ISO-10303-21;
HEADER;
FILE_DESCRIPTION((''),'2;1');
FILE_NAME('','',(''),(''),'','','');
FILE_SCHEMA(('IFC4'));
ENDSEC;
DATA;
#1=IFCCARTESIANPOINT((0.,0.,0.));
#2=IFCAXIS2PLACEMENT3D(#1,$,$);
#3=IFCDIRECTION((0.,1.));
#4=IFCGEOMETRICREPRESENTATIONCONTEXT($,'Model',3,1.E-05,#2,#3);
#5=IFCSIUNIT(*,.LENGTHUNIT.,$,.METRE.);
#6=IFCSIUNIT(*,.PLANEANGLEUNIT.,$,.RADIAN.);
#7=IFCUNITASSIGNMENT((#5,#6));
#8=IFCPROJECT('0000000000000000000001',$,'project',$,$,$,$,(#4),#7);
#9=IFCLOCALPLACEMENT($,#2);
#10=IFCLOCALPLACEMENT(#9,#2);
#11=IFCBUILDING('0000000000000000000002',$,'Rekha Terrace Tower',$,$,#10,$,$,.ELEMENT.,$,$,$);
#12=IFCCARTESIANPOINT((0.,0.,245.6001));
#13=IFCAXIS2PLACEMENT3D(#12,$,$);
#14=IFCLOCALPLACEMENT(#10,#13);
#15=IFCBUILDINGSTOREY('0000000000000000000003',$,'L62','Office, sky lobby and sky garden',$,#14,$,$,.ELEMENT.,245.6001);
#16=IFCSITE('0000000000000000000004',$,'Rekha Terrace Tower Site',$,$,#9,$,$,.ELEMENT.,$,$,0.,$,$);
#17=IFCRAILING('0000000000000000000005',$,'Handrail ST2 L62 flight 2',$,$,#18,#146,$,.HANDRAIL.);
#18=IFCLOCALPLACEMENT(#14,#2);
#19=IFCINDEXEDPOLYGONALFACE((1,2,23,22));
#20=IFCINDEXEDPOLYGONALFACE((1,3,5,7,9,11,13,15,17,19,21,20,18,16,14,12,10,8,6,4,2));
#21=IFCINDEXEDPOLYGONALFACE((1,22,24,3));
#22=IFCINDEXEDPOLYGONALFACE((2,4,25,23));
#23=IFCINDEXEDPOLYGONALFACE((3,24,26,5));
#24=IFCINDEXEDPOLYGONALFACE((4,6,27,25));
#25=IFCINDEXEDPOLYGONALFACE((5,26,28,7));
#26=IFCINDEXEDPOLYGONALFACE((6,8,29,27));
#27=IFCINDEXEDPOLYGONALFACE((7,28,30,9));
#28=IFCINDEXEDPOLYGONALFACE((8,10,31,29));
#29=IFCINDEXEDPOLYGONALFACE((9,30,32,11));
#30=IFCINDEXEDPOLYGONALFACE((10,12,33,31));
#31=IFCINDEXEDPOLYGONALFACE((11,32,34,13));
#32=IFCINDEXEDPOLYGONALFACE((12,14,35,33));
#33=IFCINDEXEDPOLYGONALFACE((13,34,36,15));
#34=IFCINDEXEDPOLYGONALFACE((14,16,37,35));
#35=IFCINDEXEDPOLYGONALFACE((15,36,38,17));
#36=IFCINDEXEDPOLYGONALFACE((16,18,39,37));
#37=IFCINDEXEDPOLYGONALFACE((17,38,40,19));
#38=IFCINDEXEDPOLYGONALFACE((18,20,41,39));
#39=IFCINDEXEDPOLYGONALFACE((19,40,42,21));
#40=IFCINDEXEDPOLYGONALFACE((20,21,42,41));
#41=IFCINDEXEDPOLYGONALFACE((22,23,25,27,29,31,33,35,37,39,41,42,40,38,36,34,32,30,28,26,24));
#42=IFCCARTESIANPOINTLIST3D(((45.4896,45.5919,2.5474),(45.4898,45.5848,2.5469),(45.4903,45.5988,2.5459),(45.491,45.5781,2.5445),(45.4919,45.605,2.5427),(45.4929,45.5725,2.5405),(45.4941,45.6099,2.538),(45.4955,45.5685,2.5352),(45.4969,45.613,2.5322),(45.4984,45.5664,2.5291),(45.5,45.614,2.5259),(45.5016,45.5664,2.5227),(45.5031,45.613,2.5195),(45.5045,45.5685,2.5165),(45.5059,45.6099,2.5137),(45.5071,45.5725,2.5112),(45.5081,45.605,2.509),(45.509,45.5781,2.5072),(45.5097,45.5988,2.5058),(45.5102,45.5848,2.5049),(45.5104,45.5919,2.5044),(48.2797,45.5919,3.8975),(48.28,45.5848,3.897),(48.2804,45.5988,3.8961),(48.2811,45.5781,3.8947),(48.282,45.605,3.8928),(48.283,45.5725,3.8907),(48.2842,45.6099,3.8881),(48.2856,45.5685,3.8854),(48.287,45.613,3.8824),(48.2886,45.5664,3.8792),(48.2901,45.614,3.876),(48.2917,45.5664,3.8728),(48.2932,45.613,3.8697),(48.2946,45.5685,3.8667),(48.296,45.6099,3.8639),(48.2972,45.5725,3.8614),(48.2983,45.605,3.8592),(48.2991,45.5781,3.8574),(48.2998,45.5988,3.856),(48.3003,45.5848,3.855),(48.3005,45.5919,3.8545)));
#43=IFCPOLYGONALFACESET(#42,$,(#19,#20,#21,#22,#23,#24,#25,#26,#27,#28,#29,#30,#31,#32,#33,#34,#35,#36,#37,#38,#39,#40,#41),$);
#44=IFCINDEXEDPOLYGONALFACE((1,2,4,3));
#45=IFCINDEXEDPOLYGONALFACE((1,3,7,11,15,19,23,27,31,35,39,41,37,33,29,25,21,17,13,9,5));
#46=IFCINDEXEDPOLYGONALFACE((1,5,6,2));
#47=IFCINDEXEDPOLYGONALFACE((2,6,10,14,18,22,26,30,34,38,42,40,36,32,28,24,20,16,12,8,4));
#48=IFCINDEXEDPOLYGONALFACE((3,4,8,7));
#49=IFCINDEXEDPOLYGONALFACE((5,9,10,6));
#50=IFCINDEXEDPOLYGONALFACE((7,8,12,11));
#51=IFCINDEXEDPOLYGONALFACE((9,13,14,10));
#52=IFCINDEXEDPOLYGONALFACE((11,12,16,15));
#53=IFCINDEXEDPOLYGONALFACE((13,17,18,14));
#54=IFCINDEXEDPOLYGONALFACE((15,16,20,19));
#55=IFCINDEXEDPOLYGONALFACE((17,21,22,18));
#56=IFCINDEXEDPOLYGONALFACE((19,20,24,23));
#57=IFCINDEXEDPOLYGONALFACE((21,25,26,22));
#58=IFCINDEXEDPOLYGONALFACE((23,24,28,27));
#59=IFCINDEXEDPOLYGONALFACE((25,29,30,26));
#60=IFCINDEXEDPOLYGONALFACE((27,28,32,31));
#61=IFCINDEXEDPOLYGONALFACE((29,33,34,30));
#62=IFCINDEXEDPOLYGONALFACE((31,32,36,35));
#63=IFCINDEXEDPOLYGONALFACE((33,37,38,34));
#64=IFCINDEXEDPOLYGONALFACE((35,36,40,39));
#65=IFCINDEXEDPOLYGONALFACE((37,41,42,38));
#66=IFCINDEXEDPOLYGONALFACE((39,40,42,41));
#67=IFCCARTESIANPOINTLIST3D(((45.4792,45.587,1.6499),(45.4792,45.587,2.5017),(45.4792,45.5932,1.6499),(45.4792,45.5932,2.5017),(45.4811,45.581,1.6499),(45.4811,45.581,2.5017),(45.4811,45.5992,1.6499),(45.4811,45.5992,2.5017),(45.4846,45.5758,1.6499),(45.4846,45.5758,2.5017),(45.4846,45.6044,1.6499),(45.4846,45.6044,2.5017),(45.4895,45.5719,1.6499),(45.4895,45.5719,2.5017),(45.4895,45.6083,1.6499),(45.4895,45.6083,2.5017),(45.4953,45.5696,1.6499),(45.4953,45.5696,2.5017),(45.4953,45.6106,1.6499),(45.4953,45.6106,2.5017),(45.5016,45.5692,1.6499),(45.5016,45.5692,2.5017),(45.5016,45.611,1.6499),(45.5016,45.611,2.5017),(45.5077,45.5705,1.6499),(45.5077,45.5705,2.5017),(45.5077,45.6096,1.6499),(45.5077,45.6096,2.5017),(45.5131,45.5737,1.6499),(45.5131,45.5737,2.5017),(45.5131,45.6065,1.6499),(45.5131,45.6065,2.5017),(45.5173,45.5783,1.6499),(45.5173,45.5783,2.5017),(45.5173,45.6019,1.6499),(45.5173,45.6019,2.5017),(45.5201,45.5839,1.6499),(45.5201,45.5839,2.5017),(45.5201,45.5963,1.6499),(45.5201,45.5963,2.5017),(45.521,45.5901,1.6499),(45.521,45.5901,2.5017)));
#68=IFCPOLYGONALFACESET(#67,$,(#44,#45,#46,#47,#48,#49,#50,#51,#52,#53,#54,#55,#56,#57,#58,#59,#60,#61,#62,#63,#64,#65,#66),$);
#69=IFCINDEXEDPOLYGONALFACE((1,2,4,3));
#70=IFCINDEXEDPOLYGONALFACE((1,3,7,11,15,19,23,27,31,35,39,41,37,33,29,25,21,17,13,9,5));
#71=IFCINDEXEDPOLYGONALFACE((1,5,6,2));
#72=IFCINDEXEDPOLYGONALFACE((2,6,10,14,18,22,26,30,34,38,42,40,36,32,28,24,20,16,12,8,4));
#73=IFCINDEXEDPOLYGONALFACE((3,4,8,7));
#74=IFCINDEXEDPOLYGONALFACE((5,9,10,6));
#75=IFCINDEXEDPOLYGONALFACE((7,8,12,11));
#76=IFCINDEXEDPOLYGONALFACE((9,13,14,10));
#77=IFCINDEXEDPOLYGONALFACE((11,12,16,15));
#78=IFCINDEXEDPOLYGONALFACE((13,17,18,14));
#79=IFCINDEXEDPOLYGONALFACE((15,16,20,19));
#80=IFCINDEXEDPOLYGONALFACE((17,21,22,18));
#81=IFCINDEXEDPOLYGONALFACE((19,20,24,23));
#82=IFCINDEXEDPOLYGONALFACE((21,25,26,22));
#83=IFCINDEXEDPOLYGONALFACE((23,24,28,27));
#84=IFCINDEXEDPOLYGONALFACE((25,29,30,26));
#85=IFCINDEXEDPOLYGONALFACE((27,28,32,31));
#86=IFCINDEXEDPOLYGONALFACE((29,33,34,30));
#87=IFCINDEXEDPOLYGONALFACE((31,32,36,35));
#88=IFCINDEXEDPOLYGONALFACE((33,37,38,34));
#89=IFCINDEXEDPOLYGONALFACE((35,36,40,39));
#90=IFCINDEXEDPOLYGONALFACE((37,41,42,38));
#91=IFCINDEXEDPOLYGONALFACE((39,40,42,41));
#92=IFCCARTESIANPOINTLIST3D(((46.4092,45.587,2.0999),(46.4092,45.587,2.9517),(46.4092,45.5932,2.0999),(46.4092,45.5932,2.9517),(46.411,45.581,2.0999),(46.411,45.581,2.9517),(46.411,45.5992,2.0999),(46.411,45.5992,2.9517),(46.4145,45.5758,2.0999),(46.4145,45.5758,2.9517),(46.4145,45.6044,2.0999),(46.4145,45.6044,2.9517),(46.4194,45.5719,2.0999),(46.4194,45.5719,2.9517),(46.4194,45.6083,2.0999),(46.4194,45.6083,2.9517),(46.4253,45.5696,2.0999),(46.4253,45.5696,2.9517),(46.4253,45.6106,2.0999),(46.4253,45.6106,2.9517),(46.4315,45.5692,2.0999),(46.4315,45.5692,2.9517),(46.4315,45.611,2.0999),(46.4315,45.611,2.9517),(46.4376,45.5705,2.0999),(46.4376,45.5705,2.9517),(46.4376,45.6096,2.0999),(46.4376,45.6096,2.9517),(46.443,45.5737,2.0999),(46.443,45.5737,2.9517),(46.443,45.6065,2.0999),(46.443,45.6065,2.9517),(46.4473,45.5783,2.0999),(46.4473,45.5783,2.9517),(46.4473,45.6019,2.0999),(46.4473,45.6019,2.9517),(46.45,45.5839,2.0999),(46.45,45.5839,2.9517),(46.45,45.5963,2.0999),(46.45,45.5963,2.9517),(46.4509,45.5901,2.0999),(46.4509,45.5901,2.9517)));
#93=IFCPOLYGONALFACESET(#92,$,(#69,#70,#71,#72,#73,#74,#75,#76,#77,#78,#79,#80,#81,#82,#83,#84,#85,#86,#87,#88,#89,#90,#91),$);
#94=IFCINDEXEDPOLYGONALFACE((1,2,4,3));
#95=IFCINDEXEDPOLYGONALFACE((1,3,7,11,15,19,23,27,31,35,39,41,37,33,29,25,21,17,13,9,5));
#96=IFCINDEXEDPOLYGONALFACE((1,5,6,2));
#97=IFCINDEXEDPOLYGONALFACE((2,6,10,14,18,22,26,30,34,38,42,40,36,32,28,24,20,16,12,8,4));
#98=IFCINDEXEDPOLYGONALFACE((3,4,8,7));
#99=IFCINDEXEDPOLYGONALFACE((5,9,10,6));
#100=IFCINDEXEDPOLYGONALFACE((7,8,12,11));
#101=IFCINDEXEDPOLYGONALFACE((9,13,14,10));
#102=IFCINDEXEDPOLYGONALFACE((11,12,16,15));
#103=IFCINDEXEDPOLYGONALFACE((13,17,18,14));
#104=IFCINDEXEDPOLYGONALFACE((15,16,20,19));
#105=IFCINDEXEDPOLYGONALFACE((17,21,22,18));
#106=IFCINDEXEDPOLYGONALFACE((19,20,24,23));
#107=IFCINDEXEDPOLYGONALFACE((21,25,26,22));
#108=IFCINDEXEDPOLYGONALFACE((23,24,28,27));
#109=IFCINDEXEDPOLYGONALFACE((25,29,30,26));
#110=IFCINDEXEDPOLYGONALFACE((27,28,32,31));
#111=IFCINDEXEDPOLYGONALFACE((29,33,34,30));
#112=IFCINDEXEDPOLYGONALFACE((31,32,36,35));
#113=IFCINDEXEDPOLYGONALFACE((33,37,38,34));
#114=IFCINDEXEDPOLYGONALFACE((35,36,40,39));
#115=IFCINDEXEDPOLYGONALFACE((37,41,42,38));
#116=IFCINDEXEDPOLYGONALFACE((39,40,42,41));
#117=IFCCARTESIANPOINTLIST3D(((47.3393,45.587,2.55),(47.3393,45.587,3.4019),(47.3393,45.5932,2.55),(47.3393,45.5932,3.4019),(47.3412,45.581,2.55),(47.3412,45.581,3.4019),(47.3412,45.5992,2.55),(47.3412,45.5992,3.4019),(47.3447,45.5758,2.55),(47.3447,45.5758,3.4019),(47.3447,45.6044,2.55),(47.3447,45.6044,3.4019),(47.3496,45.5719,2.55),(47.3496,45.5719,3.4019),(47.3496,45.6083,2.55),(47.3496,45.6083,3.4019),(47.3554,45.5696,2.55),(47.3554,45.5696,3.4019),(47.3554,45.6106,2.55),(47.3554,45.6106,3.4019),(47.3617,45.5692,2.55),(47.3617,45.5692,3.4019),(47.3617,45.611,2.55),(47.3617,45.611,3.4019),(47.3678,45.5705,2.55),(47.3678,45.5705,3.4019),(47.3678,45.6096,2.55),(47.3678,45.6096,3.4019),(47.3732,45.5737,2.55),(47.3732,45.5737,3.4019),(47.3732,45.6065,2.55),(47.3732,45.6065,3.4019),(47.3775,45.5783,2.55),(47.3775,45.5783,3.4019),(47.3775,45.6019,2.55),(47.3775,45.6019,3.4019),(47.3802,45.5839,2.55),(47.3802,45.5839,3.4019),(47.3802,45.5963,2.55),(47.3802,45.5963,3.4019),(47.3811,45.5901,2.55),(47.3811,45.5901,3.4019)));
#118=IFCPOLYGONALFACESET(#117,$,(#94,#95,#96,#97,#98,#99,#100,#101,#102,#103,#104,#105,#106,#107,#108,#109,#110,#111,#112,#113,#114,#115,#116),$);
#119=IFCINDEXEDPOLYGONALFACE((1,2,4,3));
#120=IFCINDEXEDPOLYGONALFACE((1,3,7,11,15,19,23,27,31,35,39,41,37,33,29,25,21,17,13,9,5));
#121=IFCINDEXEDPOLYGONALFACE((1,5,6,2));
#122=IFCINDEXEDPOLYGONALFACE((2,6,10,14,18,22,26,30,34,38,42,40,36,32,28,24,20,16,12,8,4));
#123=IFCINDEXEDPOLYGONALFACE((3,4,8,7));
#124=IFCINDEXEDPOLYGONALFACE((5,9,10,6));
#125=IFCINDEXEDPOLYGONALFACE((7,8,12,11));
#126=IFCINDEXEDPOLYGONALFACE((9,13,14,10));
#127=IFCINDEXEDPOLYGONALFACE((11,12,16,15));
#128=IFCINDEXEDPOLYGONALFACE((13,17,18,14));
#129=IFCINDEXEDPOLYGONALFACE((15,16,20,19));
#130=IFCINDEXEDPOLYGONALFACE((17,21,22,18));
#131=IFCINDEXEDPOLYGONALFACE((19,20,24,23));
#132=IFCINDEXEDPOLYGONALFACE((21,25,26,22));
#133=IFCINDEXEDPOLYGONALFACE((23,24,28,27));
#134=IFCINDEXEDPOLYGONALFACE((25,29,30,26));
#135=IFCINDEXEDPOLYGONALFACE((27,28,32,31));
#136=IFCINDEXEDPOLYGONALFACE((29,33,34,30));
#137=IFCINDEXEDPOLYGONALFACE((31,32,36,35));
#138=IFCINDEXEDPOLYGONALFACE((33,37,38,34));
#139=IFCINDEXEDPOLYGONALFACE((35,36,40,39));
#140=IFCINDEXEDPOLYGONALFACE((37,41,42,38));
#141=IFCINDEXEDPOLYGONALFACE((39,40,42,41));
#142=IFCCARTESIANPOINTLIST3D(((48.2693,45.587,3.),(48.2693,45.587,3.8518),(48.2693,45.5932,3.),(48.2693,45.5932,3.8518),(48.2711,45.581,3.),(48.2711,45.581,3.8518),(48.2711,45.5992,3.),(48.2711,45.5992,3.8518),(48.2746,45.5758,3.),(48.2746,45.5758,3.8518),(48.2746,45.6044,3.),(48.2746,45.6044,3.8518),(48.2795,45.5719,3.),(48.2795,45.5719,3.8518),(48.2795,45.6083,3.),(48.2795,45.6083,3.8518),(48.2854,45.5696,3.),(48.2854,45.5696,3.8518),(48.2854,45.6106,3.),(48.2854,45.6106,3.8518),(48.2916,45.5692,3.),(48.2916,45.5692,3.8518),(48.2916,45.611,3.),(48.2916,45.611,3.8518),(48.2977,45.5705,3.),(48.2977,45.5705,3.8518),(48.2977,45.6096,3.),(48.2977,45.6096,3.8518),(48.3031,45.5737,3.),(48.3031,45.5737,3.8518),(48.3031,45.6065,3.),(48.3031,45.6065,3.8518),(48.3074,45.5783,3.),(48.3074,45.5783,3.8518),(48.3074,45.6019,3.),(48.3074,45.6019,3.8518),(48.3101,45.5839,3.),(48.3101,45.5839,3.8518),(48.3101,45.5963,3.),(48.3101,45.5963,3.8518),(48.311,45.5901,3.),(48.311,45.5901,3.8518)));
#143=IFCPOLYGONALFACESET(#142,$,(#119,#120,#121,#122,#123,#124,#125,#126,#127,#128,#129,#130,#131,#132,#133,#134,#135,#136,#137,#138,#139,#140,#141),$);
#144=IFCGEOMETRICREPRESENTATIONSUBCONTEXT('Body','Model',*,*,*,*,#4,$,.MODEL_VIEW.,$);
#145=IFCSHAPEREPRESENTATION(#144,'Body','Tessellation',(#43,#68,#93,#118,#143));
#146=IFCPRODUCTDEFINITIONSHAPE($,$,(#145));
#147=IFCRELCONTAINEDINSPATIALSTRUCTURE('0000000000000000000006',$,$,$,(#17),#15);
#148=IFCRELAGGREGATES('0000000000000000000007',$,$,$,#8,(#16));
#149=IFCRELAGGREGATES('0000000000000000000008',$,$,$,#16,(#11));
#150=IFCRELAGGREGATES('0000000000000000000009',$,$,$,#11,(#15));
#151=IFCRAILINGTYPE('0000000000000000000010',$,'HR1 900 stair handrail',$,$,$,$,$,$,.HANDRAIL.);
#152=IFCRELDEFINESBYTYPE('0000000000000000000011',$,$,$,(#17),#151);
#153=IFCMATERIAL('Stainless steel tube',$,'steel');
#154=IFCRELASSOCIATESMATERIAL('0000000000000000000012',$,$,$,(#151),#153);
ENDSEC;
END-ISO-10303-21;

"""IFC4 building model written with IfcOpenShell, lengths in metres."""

from ifc_helpers import new_model, si_unit, direction, frame, origin, origin_2d, place, context, subcontext, project, spatial, circle, extrude, material, type_object, element, save


model = new_model("IFC4")

# Units and contexts
model_context = context("Model", 3, precision=1e-05, world=origin(), true_north=direction((0.0, 1.0)))
body_context = subcontext(model_context, "Body", "Model", "MODEL_VIEW")
ifc_project = project(units=[si_unit("LENGTHUNIT", "METRE"), si_unit("PLANEANGLEUNIT", "RADIAN")], contexts=[model_context])

# Site, building, storey
site_placement = place(None, origin())
site = spatial("IfcSite", under=ifc_project, at=site_placement, Name="Rekha Terrace Tower Site", CompositionType="ELEMENT", RefElevation=0.0)
building_placement = place(site_placement, origin())
building = spatial("IfcBuilding", under=site, at=building_placement, Name="Rekha Terrace Tower", CompositionType="ELEMENT")
storey_placement = place(building_placement, frame((0.0, 0.0, 245.6001)))
storey = spatial("IfcBuildingStorey", under=building, at=storey_placement, Name="L62", Description="Office, sky lobby and sky garden", CompositionType="ELEMENT", Elevation=245.6001)

# Railing
ifc_material_1 = material(Name="Stainless steel tube", Category="steel")
railing_type_1 = type_object("IfcRailingType", Name="HR1 900 stair handrail", PredefinedType="HANDRAIL", material=ifc_material_1)
railing_1_placement = place(storey_placement, frame((45.5, 45.5901, 1.6499)))
element("IfcRailing", 1, at=railing_1_placement, inside=storey, type_object=railing_type_1, Name="Handrail ST2 L62 flight 2", PredefinedType="HANDRAIL", context=body_context, shape_type="SweptSolid", body=[
    extrude(circle(Radius=0.0239, at=origin_2d()), frame((0.0, 0.0, 0.876), z_axis=(0.900149, 0.0, 0.435582), x_axis=(0.0, 1.0, 0.0)), (0.0, 0.0, 1.0), 3.0996),
    extrude(circle(Radius=0.021, at=origin_2d()), origin(), (0.0, 0.0, 1.0), 0.8518),
    extrude(circle(Radius=0.021, at=origin_2d()), frame((0.9299, 0.0, 0.45)), (0.0, 0.0, 1.0), 0.8518),
    extrude(circle(Radius=0.021, at=origin_2d()), frame((1.8601, 0.0, 0.9001)), (0.0, 0.0, 1.0), 0.8518),
    extrude(circle(Radius=0.021, at=origin_2d()), frame((2.79, 0.0, 1.3501)), (0.0, 0.0, 1.0), 0.8518),
])

save(model, "model.ifc")
